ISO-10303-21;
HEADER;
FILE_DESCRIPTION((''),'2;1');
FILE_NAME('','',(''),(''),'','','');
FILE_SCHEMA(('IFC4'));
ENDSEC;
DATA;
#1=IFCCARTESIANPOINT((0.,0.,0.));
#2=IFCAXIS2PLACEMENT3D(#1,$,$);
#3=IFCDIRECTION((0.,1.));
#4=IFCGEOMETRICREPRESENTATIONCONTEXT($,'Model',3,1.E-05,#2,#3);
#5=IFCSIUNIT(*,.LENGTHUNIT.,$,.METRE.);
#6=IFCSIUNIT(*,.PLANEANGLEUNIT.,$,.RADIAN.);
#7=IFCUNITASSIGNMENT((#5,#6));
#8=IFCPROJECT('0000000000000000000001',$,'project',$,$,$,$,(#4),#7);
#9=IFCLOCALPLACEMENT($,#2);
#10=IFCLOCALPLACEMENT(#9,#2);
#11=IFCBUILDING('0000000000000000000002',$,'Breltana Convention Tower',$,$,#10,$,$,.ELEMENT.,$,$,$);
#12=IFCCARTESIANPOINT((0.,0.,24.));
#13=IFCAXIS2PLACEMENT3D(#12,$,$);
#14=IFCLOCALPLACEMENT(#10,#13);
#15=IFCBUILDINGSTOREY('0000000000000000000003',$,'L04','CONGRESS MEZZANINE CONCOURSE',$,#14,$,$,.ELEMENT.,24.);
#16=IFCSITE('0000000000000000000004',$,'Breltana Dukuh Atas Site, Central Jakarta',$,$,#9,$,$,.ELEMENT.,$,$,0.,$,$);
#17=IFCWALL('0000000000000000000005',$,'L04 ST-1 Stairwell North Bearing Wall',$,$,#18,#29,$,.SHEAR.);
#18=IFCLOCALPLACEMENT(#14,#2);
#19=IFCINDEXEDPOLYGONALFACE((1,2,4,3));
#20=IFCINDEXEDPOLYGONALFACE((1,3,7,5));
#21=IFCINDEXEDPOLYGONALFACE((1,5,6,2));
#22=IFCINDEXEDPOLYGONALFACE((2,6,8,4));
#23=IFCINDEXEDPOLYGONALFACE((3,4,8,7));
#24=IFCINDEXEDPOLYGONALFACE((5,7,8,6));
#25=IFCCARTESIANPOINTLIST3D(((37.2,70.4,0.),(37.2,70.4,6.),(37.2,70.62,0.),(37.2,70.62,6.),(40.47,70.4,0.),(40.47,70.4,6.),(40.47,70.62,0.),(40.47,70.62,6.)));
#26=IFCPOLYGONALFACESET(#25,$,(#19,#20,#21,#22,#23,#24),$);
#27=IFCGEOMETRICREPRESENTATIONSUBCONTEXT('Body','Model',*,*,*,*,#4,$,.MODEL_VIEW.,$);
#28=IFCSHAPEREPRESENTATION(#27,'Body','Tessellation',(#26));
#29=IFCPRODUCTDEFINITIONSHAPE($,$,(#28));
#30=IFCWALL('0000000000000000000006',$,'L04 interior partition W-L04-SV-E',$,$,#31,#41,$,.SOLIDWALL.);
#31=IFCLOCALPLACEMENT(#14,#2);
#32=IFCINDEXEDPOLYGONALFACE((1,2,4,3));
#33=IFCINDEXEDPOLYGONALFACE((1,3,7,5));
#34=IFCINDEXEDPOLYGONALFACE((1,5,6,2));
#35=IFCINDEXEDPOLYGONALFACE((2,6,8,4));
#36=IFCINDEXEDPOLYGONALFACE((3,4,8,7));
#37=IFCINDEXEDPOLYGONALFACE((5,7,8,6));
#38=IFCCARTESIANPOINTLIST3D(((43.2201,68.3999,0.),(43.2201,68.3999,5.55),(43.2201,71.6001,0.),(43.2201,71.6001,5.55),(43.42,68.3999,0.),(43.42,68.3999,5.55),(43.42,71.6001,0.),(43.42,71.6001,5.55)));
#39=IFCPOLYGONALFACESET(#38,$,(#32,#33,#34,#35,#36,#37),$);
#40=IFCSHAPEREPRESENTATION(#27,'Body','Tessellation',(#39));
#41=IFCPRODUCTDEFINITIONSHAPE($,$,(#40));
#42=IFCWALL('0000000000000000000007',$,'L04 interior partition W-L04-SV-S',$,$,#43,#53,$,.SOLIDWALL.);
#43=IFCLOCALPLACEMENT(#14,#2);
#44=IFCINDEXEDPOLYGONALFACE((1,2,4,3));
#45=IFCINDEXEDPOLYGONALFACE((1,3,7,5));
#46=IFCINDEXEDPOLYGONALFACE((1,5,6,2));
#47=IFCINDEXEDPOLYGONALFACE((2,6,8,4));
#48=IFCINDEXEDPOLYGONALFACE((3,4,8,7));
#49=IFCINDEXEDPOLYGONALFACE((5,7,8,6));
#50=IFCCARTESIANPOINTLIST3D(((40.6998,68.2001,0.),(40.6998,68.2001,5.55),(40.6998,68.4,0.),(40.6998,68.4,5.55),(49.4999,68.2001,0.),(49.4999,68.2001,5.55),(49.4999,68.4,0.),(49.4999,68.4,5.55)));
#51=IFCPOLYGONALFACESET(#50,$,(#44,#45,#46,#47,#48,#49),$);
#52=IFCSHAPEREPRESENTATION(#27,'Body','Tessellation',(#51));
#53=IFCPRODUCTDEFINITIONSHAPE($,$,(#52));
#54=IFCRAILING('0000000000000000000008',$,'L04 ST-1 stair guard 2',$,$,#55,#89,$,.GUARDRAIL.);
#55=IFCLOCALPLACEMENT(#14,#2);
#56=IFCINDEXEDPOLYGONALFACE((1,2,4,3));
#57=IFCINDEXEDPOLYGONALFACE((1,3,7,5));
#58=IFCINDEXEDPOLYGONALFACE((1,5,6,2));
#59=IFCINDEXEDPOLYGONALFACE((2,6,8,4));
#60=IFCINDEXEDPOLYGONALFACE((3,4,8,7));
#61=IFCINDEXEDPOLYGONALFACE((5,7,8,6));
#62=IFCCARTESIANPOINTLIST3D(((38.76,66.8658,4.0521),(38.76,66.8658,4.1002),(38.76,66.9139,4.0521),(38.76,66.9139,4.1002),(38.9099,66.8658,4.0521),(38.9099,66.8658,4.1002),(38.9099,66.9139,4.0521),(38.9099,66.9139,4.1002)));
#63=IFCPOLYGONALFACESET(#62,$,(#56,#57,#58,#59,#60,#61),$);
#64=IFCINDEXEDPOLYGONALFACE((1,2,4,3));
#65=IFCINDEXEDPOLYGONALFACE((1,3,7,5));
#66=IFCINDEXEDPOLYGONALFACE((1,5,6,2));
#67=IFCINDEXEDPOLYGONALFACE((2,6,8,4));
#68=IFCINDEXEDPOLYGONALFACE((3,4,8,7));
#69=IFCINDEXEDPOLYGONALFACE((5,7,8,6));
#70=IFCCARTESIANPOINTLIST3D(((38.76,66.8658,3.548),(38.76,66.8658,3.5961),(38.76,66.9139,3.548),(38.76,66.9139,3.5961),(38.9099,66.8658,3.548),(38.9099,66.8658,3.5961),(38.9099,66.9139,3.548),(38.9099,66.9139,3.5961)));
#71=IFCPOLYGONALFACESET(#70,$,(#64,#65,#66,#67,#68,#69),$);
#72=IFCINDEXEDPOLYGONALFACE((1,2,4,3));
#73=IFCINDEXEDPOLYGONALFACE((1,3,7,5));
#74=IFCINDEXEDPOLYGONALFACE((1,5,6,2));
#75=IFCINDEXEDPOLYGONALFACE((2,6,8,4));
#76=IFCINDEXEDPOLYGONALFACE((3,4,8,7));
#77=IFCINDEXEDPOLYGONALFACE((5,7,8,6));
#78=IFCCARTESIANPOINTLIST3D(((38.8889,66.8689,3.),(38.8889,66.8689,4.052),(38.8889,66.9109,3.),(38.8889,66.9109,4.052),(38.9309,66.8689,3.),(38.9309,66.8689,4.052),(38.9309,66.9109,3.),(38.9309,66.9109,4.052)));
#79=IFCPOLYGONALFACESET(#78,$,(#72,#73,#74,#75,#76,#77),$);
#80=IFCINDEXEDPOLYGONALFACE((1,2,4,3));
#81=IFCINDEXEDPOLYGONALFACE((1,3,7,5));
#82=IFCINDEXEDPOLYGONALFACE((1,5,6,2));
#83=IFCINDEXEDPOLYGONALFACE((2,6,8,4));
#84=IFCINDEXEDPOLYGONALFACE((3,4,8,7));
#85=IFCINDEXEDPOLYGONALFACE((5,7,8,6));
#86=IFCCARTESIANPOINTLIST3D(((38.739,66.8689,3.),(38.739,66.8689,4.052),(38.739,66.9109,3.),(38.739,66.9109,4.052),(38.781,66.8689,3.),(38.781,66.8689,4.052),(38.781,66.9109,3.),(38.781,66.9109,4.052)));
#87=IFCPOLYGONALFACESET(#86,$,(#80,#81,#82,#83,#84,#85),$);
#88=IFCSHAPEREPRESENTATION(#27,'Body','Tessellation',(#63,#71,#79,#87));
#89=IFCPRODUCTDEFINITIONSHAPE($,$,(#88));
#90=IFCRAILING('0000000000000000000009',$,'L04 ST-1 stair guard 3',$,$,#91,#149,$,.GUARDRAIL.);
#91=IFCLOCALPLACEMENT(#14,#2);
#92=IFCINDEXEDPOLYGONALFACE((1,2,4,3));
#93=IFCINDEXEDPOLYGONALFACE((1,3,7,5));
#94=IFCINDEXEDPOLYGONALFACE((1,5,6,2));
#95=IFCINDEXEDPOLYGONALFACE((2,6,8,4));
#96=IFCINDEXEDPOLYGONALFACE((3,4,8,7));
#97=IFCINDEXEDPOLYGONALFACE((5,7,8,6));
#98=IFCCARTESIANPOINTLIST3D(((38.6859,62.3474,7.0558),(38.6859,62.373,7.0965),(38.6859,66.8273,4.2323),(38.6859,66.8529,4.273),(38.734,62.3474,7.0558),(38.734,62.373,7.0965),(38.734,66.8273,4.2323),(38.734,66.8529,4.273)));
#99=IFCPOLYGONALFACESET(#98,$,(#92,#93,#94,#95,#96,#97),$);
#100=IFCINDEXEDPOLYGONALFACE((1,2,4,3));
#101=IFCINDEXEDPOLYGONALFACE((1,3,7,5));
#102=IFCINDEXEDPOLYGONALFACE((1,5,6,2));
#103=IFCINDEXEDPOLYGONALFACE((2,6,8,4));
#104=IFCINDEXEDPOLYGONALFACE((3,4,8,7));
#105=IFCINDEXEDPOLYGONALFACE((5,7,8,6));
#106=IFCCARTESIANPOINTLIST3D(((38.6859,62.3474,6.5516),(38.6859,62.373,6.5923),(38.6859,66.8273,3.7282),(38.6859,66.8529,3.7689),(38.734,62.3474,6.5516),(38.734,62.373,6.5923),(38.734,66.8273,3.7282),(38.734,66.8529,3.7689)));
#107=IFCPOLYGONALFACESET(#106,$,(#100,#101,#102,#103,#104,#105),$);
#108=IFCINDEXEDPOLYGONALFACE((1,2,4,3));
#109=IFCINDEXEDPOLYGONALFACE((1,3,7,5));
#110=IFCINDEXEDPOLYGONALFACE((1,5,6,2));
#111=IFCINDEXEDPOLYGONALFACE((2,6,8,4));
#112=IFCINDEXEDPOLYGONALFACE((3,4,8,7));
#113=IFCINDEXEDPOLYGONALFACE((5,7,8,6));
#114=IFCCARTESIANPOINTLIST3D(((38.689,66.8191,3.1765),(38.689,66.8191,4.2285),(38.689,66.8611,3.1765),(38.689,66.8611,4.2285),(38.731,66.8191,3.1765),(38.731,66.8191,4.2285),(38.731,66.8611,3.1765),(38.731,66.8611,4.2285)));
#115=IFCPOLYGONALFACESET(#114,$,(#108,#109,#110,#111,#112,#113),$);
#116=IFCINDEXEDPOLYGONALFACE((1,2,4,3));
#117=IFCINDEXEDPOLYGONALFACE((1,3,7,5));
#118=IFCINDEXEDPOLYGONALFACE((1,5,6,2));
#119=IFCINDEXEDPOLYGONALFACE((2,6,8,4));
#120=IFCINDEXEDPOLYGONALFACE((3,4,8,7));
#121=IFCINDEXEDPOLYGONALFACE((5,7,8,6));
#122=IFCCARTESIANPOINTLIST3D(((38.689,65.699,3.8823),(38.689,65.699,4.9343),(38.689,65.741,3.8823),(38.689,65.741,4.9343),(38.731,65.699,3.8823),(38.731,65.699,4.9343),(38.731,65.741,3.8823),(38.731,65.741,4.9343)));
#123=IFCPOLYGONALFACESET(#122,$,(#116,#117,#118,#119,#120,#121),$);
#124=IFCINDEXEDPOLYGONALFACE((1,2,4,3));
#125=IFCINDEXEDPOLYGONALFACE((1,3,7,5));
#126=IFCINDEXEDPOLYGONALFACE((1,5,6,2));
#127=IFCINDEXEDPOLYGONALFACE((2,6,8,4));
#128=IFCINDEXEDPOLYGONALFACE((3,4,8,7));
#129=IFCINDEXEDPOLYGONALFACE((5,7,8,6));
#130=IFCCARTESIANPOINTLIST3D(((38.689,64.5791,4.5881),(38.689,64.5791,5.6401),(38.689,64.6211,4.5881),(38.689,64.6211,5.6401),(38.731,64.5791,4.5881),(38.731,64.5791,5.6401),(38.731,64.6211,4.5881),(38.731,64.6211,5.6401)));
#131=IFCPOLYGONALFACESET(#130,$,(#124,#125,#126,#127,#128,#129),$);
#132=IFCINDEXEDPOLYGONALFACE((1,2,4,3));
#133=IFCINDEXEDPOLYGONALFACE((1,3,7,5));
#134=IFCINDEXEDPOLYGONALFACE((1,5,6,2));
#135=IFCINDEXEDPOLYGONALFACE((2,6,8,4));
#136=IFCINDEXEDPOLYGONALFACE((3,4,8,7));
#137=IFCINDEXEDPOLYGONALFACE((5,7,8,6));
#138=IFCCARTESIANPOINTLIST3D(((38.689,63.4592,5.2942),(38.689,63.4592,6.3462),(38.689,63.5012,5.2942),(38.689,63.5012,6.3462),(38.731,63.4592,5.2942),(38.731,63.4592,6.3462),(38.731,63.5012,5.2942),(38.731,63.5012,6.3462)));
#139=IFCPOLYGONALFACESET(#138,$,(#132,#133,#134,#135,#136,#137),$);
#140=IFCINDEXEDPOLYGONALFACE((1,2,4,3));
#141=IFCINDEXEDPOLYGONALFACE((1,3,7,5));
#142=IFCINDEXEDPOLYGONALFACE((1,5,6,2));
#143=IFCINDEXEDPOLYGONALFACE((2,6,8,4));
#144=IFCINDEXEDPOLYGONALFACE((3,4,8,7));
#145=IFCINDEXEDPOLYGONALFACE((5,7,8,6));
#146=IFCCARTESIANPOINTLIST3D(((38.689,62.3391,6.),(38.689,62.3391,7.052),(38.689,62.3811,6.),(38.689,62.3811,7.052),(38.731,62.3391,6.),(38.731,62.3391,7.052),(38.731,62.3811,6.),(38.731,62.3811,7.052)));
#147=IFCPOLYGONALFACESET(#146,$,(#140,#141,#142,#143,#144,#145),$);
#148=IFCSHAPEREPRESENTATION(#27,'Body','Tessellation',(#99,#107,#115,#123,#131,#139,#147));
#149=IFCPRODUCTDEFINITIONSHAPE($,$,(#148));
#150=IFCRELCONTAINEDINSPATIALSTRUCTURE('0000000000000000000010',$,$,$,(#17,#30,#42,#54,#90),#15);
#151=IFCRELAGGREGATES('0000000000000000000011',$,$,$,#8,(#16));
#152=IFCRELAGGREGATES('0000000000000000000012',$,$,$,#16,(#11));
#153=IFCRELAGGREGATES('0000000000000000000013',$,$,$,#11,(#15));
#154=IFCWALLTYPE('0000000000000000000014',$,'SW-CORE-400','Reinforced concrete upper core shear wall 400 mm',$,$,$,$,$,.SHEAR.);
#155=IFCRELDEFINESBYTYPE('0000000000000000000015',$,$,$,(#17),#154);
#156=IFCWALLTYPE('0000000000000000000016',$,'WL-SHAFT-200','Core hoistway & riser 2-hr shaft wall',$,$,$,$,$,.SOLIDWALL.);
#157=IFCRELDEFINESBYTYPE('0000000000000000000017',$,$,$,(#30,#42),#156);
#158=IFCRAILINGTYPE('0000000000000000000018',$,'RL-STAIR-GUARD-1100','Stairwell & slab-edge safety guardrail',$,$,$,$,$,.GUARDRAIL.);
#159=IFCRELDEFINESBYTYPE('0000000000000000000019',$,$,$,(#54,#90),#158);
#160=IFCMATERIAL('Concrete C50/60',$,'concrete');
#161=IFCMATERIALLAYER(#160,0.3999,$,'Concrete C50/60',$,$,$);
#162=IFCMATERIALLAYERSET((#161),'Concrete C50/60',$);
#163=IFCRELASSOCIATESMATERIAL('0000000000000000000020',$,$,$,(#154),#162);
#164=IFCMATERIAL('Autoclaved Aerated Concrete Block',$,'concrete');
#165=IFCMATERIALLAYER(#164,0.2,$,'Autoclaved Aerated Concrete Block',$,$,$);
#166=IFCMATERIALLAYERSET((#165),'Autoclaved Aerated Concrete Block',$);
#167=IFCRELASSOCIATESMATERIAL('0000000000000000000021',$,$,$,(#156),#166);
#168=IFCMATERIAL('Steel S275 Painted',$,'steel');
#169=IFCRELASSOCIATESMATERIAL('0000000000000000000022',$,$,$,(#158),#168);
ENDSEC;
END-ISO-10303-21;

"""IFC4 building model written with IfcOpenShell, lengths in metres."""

from ifc_helpers import new_model, si_unit, direction, frame, frame_2d, origin, origin_2d, place, context, subcontext, project, spatial, rectangle, extrude, source, transform, mapped, material, layer, layer_set, type_object, element, save


model = new_model("IFC4")

# Units and contexts
model_context = context("Model", 3, precision=1e-05, world=origin(), true_north=direction((0.0, 1.0)))
body_context = subcontext(model_context, "Body", "Model", "MODEL_VIEW")
ifc_project = project(units=[si_unit("LENGTHUNIT", "METRE"), si_unit("PLANEANGLEUNIT", "RADIAN")], contexts=[model_context])

# Site, building, storey
site_placement = place(None, origin())
site = spatial("IfcSite", under=ifc_project, at=site_placement, Name="Breltana Dukuh Atas Site, Central Jakarta", CompositionType="ELEMENT", RefElevation=0.0)
building_placement = place(site_placement, origin())
building = spatial("IfcBuilding", under=site, at=building_placement, Name="Breltana Convention Tower", CompositionType="ELEMENT")
storey_placement = place(building_placement, frame((0.0, 0.0, 24.0)))
storey = spatial("IfcBuildingStorey", under=building, at=storey_placement, Name="L04", Description="CONGRESS MEZZANINE CONCOURSE", CompositionType="ELEMENT", Elevation=24.0)

# Walls
ifc_material_1 = material(Name="Concrete C50/60", Category="concrete")
ifc_layer_1 = layer(ifc_material_1, 0.3999, Name="Concrete C50/60")
ifc_layer_set_1 = layer_set([ifc_layer_1], Name="Concrete C50/60")
wall_type_1 = type_object("IfcWallType", Name="SW-CORE-400", Description="Reinforced concrete upper core shear wall 400 mm", PredefinedType="SHEAR", material=ifc_layer_set_1)
shared_shape_1 = source(origin(), body_context, "Body", "SweptSolid", [
    extrude(rectangle(XDim=3.27, YDim=0.22, at=frame_2d((1.635, 0.0))), origin(), (0.0, 0.0, 1.0), 6.0),
])
wall_1_placement = place(storey_placement, frame((37.2, 70.51, 0.0), z_axis=(0.0, 0.0, 1.0), x_axis=(1.0, 0.0, 0.0)))
element("IfcWall", 1, at=wall_1_placement, inside=storey, type_object=wall_type_1, Name="L04 ST-1 Stairwell North Bearing Wall", PredefinedType="SHEAR", context=body_context, shape_type="MappedRepresentation", body=[
    mapped(shared_shape_1, transform((0.0, 0.0, 0.0), scale=1.0)),
])
ifc_material_2 = material(Name="Autoclaved Aerated Concrete Block", Category="concrete")
ifc_layer_2 = layer(ifc_material_2, 0.2, Name="Autoclaved Aerated Concrete Block")
ifc_layer_set_2 = layer_set([ifc_layer_2], Name="Autoclaved Aerated Concrete Block")
wall_type_2 = type_object("IfcWallType", Name="WL-SHAFT-200", Description="Core hoistway & riser 2-hr shaft wall", PredefinedType="SOLIDWALL", material=ifc_layer_set_2)
shared_shape_2 = source(origin(), body_context, "Body", "SweptSolid", [
    extrude(rectangle(XDim=3.2002, YDim=0.2, at=frame_2d((1.6001, 0.0))), origin(), (0.0, 0.0, 1.0), 5.55),
])
wall_2_placement = place(storey_placement, frame((43.3201, 68.3999, 0.0), z_axis=(0.0, 0.0, 1.0), x_axis=(0.0, 1.0, 0.0)))
element("IfcWall", 2, at=wall_2_placement, inside=storey, type_object=wall_type_2, Name="L04 interior partition W-L04-SV-E", PredefinedType="SOLIDWALL", context=body_context, shape_type="MappedRepresentation", body=[
    mapped(shared_shape_2, transform((0.0, 0.0, 0.0), scale=1.0)),
])
shared_shape_3 = source(origin(), body_context, "Body", "SweptSolid", [
    extrude(rectangle(XDim=8.8, YDim=0.2, at=frame_2d((4.3999, 0.0))), origin(), (0.0, 0.0, 1.0), 5.55),
])
wall_3_placement = place(storey_placement, frame((40.7, 68.3, 0.0), z_axis=(0.0, 0.0, 1.0), x_axis=(1.0, 0.0, 0.0)))
element("IfcWall", 3, at=wall_3_placement, inside=storey, type_object=wall_type_2, Name="L04 interior partition W-L04-SV-S", PredefinedType="SOLIDWALL", context=body_context, shape_type="MappedRepresentation", body=[
    mapped(shared_shape_3, transform((0.0, 0.0, 0.0), scale=1.0)),
])

# Railings
ifc_material_3 = material(Name="Steel S275 Painted", Category="steel")
railing_type = type_object("IfcRailingType", Name="RL-STAIR-GUARD-1100", Description="Stairwell & slab-edge safety guardrail", PredefinedType="GUARDRAIL", material=ifc_material_3)
railing_1_placement = place(storey_placement, frame((38.9099, 66.8899, 3.0)))
element("IfcRailing", 4, at=railing_1_placement, inside=storey, type_object=railing_type, Name="L04 ST-1 stair guard 2", PredefinedType="GUARDRAIL", context=body_context, shape_type="SweptSolid", body=[
    extrude(rectangle(XDim=0.0481, YDim=0.0481, at=origin_2d()), frame((0.0, 0.0, 1.0762), z_axis=(-1.0, 0.0, 0.0), x_axis=(0.0, -1.0, 0.0)), (0.0, 0.0, 1.0), 0.1499),
    extrude(rectangle(XDim=0.0481, YDim=0.0481, at=origin_2d()), frame((0.0, 0.0, 0.572), z_axis=(-1.0, 0.0, 0.0), x_axis=(0.0, -1.0, 0.0)), (0.0, 0.0, 1.0), 0.1499),
    extrude(rectangle(XDim=0.042, YDim=0.042, at=origin_2d()), origin(), (0.0, 0.0, 1.0), 1.052),
    extrude(rectangle(XDim=0.042, YDim=0.042, at=origin_2d()), frame((-0.1499, 0.0, 0.0)), (0.0, 0.0, 1.0), 1.052),
])
railing_2_placement = place(storey_placement, frame((38.71, 66.8401, 3.1765)))
element("IfcRailing", 5, at=railing_2_placement, inside=storey, type_object=railing_type, Name="L04 ST-1 stair guard 3", PredefinedType="GUARDRAIL", context=body_context, shape_type="SweptSolid", body=[
    extrude(rectangle(XDim=0.0481, YDim=0.0481, at=origin_2d()), frame((0.0, 0.0, 1.0762), z_axis=(0.0, -0.845998, 0.533186), x_axis=(1.0, 0.0, 0.0)), (0.0, 0.0, 1.0), 5.2954),
    extrude(rectangle(XDim=0.0481, YDim=0.0481, at=origin_2d()), frame((0.0, 0.0, 0.572), z_axis=(0.0, -0.845998, 0.533186), x_axis=(1.0, 0.0, 0.0)), (0.0, 0.0, 1.0), 5.2954),
    extrude(rectangle(XDim=0.042, YDim=0.042, at=origin_2d()), origin(), (0.0, 0.0, 1.0), 1.052),
    extrude(rectangle(XDim=0.042, YDim=0.042, at=origin_2d()), frame((0.0, -1.1201, 0.7058)), (0.0, 0.0, 1.0), 1.052),
    extrude(rectangle(XDim=0.042, YDim=0.042, at=origin_2d()), frame((0.0, -2.24, 1.4116)), (0.0, 0.0, 1.0), 1.052),
    extrude(rectangle(XDim=0.042, YDim=0.042, at=origin_2d()), frame((0.0, -3.3599, 2.1177)), (0.0, 0.0, 1.0), 1.052),
    extrude(rectangle(XDim=0.042, YDim=0.042, at=origin_2d()), frame((0.0, -4.48, 2.8235)), (0.0, 0.0, 1.0), 1.052),
])

save(model, "model.ifc")
